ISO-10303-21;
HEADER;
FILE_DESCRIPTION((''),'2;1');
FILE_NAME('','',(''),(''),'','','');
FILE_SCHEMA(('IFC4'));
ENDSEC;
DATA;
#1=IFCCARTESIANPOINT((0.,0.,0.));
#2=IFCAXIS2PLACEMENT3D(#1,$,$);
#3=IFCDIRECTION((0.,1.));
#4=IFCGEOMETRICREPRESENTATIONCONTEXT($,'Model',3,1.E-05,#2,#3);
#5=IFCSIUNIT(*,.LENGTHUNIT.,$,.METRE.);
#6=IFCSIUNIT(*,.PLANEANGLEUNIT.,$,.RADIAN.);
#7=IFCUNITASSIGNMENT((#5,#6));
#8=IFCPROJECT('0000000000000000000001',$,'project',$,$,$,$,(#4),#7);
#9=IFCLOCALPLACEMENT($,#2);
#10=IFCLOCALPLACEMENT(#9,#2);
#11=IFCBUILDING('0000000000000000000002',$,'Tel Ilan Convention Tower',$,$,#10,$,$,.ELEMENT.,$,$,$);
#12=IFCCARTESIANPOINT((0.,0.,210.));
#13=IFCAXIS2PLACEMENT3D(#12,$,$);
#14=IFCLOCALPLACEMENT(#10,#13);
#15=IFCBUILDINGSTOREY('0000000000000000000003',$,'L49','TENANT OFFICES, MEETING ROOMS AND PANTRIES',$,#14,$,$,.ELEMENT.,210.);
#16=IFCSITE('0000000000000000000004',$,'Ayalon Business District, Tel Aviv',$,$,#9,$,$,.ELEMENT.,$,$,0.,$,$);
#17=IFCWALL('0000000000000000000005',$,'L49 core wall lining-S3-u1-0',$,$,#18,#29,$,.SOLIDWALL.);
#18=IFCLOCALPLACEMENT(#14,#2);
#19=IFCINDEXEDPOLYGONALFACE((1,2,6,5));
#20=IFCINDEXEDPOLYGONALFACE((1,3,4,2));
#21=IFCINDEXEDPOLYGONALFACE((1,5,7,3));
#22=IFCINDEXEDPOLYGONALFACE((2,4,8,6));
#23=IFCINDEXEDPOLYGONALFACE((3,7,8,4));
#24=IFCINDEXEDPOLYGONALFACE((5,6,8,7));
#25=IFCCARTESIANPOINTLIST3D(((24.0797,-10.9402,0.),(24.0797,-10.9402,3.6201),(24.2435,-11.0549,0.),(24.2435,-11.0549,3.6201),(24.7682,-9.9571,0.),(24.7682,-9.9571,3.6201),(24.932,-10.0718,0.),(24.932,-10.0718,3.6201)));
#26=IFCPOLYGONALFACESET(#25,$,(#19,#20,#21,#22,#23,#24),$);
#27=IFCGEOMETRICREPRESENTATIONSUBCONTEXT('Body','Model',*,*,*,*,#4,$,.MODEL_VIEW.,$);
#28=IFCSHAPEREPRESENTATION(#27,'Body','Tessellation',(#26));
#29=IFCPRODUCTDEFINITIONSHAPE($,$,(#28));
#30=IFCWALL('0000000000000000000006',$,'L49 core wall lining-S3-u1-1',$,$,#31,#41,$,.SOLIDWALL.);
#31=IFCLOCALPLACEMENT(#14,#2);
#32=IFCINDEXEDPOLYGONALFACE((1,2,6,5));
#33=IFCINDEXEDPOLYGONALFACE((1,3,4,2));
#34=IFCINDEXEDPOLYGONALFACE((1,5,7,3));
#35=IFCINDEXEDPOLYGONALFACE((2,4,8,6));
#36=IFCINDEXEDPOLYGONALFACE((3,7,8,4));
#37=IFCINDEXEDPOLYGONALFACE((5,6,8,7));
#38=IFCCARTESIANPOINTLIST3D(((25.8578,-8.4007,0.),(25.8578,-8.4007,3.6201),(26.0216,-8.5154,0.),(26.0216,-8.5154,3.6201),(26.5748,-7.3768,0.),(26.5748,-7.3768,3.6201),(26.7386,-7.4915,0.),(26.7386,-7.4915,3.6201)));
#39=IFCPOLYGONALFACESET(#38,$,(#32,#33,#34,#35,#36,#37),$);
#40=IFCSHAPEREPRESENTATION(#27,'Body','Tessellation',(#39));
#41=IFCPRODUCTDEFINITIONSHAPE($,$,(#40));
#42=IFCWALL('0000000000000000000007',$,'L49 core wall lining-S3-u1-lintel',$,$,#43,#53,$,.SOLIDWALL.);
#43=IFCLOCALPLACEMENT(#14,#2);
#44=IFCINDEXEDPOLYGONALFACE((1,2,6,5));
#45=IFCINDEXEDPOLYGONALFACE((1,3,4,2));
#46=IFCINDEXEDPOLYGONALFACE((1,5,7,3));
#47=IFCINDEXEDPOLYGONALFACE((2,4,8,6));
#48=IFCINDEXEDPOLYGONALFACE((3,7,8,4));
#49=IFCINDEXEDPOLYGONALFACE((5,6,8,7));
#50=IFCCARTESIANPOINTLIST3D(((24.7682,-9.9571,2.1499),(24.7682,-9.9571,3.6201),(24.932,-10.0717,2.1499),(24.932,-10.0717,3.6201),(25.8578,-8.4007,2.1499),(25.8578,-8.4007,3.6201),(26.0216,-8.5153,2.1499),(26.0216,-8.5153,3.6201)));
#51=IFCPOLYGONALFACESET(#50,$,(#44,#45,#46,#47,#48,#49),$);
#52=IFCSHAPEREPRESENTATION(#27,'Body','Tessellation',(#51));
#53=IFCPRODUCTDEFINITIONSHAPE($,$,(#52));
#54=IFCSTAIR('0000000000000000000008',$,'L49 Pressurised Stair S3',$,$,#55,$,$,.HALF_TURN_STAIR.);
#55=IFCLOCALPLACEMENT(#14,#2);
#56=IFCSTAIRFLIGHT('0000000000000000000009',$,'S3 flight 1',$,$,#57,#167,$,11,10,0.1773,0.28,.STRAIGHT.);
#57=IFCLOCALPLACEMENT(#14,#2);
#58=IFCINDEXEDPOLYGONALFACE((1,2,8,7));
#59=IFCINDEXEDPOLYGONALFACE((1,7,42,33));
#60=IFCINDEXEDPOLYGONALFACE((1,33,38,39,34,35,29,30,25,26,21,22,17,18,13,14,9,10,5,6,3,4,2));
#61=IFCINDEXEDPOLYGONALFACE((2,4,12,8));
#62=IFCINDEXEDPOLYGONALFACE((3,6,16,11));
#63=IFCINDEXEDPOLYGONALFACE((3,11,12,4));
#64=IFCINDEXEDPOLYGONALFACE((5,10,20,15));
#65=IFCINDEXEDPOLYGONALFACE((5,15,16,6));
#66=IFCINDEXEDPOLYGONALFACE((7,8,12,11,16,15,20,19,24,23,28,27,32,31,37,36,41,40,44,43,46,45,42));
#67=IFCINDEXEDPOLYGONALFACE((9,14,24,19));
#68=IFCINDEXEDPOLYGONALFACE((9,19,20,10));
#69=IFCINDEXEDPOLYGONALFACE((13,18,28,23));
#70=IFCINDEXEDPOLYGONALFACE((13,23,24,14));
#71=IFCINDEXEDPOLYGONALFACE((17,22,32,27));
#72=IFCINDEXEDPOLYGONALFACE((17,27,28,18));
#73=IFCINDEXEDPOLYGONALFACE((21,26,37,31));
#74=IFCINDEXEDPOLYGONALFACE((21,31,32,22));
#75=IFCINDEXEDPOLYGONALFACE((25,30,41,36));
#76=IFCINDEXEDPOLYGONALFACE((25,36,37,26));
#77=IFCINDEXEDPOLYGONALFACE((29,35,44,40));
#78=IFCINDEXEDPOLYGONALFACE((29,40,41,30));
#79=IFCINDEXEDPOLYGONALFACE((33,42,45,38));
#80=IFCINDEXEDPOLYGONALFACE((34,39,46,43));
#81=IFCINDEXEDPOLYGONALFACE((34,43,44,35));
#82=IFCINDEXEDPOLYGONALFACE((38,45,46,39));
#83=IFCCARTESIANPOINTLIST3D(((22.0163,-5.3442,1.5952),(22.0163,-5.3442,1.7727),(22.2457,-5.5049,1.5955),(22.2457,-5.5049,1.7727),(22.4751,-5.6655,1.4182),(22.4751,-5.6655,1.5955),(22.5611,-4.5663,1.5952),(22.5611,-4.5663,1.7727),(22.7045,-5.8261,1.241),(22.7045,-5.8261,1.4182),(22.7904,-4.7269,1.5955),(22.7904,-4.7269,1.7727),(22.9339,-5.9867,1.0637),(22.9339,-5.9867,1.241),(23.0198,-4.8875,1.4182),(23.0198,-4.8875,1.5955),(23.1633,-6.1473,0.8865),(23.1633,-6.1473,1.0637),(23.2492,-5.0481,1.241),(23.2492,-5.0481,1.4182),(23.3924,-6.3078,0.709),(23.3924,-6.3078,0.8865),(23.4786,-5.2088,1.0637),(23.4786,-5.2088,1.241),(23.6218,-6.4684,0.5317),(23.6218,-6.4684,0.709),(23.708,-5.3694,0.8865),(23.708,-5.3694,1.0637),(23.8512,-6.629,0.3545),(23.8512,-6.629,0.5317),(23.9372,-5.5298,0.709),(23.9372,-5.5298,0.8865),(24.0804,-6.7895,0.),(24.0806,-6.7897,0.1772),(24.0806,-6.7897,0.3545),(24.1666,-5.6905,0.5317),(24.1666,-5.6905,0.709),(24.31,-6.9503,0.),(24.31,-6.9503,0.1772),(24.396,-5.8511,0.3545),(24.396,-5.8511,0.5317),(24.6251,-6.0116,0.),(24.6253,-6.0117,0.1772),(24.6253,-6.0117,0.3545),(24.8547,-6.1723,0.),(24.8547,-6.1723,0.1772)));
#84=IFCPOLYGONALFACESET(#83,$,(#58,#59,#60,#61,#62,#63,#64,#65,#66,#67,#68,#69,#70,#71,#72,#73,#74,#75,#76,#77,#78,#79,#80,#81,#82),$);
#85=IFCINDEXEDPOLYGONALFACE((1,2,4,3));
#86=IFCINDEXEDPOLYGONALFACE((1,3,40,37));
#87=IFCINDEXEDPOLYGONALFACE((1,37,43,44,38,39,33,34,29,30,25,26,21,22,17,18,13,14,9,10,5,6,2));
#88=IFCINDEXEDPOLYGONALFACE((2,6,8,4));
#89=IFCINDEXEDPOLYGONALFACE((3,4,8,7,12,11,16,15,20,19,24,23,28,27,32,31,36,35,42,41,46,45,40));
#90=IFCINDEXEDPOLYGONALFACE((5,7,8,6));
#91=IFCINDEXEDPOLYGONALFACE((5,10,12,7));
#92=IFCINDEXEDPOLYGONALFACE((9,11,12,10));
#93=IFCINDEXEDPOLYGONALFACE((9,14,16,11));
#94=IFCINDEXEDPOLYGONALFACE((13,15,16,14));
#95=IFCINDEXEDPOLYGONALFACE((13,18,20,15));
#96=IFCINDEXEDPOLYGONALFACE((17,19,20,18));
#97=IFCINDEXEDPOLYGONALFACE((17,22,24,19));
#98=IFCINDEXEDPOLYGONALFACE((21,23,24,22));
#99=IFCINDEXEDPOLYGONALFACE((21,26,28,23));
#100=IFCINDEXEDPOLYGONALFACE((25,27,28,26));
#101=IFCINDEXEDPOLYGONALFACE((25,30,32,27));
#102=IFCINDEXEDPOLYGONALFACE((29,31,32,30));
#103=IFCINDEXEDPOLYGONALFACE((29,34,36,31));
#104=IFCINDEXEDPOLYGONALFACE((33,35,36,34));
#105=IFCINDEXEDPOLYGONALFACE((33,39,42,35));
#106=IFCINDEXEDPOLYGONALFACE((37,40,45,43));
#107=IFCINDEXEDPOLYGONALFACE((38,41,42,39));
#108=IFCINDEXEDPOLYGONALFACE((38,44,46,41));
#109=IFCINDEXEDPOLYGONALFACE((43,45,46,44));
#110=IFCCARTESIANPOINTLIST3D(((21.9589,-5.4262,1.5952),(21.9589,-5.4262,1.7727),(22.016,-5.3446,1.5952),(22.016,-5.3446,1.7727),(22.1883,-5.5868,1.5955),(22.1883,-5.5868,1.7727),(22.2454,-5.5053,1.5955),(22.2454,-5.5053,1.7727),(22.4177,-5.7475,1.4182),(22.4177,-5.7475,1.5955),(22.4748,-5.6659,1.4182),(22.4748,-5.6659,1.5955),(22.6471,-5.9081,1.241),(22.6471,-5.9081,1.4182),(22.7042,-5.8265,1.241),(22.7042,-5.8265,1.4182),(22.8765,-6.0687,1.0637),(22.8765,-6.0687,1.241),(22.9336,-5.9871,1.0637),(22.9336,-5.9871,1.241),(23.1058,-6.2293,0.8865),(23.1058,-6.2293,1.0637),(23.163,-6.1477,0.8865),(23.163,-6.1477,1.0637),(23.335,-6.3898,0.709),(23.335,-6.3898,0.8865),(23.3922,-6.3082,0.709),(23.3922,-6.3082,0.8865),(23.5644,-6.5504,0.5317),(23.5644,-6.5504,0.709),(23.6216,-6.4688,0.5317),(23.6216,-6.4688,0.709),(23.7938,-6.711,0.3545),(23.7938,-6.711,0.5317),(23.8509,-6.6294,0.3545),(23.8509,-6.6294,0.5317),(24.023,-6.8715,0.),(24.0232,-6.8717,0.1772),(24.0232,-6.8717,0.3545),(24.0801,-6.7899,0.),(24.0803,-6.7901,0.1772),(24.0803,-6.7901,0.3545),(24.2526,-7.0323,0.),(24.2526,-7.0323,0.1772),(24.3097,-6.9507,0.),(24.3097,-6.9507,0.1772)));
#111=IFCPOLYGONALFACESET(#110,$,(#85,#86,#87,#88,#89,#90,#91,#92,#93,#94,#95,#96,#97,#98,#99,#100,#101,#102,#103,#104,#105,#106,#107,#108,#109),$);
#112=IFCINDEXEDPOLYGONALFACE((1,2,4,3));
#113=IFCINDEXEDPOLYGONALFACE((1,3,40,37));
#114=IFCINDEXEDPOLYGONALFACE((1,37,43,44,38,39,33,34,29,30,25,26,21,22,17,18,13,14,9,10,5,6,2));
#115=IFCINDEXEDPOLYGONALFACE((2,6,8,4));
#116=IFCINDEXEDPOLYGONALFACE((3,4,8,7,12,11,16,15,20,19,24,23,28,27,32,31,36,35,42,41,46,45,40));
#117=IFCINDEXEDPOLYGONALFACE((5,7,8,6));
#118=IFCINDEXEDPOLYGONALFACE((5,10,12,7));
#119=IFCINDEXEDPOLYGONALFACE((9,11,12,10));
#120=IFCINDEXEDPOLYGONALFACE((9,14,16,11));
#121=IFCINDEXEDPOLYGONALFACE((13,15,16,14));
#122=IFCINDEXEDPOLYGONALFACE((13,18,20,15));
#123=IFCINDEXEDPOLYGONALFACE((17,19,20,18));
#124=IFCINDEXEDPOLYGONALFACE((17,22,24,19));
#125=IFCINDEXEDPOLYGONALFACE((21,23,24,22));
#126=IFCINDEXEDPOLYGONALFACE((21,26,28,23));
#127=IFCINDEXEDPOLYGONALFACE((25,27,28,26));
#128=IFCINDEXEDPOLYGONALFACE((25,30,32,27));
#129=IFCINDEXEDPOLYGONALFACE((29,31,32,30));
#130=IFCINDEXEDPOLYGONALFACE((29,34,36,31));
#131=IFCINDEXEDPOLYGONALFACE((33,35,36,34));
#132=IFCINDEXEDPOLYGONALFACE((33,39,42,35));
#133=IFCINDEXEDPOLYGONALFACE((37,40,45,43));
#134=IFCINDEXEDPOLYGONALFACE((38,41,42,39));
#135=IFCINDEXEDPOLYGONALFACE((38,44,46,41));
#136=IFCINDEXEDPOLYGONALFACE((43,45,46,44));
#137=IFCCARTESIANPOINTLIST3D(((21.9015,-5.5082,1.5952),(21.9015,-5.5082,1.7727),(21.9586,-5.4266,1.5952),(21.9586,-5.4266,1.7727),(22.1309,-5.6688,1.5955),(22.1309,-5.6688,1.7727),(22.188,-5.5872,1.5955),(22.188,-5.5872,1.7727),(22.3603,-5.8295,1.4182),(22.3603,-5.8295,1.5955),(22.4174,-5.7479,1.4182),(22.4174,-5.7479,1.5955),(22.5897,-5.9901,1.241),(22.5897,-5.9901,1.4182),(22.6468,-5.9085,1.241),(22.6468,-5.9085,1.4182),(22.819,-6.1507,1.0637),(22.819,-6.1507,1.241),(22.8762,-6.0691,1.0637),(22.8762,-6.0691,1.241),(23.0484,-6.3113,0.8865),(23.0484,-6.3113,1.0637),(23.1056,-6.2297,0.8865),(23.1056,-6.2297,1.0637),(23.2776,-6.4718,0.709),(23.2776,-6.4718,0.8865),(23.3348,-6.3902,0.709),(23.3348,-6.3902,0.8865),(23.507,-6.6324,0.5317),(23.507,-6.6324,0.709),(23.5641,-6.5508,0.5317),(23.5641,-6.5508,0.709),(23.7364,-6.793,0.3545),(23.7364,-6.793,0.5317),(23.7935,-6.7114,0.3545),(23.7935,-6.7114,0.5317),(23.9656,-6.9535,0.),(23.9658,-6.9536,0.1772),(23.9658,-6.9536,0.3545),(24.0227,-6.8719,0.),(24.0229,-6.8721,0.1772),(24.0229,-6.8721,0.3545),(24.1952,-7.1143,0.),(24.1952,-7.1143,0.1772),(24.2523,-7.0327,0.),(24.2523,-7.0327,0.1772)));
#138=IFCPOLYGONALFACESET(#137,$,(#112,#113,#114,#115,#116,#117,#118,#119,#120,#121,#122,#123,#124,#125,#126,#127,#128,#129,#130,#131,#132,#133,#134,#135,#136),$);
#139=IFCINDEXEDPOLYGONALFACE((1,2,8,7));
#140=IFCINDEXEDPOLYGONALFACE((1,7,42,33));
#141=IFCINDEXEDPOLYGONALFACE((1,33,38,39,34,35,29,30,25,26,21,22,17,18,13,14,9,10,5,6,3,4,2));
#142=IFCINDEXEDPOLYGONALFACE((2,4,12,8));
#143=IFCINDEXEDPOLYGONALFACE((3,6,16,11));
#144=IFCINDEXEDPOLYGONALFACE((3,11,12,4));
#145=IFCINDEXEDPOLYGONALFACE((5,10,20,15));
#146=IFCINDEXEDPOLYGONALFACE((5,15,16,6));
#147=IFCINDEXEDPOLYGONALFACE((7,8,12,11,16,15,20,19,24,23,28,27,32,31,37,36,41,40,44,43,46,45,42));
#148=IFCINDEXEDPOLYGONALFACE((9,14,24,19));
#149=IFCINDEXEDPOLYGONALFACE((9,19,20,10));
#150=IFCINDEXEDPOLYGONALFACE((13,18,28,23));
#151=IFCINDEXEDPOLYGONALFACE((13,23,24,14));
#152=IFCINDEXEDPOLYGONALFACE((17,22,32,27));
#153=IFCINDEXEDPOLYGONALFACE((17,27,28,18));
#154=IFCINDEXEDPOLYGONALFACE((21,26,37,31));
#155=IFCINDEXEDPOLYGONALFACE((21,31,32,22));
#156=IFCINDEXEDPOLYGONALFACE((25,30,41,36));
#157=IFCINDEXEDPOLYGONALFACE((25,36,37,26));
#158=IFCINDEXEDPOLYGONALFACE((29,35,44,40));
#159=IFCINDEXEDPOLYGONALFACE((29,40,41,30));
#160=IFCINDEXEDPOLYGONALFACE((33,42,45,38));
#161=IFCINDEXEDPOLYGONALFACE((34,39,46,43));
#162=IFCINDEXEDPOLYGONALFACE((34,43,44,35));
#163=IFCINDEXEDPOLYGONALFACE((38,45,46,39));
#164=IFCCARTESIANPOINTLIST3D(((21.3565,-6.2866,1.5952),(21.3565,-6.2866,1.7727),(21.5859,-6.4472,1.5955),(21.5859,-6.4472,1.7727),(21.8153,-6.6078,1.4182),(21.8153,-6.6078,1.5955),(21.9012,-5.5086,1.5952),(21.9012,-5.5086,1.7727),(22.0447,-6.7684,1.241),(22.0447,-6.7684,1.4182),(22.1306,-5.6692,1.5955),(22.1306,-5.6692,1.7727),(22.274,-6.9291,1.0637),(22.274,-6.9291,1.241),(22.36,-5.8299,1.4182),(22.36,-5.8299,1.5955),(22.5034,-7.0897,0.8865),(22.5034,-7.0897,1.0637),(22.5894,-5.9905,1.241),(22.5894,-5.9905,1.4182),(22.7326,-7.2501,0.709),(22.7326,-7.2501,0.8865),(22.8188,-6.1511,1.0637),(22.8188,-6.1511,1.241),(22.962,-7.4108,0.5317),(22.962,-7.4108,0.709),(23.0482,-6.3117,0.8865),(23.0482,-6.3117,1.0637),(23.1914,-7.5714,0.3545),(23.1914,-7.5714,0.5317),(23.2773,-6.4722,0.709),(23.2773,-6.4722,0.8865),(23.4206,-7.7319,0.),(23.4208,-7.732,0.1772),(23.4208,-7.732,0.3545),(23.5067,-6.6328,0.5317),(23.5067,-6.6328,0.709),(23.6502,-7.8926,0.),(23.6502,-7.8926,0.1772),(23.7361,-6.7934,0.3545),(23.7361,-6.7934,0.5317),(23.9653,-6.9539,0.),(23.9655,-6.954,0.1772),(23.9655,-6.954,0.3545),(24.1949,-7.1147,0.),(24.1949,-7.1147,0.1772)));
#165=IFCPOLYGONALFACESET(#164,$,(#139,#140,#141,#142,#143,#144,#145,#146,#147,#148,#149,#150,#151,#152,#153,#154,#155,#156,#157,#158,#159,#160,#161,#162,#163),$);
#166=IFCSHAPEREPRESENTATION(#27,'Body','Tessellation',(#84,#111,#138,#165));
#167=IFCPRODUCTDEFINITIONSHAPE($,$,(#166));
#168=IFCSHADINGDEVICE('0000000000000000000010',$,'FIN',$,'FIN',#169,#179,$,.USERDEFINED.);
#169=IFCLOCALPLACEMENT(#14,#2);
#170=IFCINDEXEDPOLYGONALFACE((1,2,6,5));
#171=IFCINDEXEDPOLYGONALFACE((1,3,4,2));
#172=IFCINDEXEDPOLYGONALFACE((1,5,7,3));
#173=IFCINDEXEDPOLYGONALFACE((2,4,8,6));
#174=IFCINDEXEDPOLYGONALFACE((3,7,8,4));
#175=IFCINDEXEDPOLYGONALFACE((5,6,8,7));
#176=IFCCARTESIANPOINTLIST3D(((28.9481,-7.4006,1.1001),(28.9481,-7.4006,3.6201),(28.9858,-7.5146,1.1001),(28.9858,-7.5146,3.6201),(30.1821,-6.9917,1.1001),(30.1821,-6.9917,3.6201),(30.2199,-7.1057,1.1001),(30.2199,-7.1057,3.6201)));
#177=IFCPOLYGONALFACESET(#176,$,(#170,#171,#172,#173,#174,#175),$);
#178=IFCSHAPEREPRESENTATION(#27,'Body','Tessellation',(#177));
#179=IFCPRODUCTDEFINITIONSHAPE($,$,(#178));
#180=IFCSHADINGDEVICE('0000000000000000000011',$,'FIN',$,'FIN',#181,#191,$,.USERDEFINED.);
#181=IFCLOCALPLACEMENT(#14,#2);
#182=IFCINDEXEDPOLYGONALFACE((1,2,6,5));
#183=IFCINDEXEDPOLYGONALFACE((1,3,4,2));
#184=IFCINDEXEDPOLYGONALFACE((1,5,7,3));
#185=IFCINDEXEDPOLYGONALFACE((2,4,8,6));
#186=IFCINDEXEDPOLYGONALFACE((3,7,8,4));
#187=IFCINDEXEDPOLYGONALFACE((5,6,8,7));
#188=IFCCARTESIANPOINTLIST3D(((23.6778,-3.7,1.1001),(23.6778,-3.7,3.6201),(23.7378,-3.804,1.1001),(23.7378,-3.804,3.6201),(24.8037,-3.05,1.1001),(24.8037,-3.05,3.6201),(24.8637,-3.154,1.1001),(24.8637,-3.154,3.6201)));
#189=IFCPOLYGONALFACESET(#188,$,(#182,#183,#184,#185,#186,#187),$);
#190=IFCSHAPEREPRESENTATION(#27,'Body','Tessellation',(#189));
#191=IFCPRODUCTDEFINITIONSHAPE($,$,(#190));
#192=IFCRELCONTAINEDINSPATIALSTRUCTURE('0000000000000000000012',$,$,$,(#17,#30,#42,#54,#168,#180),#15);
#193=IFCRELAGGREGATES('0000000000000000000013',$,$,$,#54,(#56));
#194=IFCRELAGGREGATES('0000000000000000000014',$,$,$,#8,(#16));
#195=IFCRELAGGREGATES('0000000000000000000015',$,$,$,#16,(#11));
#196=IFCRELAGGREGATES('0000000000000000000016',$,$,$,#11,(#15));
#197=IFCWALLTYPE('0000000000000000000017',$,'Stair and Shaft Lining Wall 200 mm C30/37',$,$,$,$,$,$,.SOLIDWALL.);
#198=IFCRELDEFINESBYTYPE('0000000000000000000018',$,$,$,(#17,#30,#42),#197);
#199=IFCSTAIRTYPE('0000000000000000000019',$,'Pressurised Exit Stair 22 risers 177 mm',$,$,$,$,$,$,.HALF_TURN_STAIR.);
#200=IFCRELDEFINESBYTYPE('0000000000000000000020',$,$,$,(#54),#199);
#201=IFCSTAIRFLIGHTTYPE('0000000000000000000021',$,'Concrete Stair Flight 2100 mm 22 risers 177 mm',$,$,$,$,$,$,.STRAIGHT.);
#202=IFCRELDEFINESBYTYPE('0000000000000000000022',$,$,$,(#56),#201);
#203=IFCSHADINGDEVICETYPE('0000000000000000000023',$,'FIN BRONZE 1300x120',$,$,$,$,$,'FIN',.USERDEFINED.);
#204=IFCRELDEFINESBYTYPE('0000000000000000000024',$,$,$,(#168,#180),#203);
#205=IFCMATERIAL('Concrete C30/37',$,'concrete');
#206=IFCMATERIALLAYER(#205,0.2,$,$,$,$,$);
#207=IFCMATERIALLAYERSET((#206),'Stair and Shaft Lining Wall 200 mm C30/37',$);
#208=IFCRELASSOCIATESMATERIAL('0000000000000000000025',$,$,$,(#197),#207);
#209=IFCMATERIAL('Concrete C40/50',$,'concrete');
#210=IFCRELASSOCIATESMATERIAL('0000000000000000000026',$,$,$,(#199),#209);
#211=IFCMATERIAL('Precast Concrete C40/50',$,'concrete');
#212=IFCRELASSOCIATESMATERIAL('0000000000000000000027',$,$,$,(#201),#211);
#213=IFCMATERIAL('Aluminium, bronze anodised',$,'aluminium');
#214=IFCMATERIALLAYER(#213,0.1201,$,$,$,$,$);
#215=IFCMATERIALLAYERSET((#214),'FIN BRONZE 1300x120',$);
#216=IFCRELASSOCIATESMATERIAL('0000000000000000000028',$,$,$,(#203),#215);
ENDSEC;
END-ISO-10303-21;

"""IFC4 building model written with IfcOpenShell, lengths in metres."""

from ifc_helpers import new_model, si_unit, direction, frame, frame_2d, origin, origin_2d, place, context, subcontext, project, spatial, polyline, rectangle, outline, extrude, material, layer, layer_set, type_object, element, aggregate, save


model = new_model("IFC4")

# Units and contexts
model_context = context("Model", 3, precision=1e-05, world=origin(), true_north=direction((0.0, 1.0)))
body_context = subcontext(model_context, "Body", "Model", "MODEL_VIEW")
ifc_project = project(units=[si_unit("LENGTHUNIT", "METRE"), si_unit("PLANEANGLEUNIT", "RADIAN")], contexts=[model_context])

# Site, building, storey
site_placement = place(None, origin())
site = spatial("IfcSite", under=ifc_project, at=site_placement, Name="Ayalon Business District, Tel Aviv", CompositionType="ELEMENT", RefElevation=0.0)
building_placement = place(site_placement, origin())
building = spatial("IfcBuilding", under=site, at=building_placement, Name="Tel Ilan Convention Tower", CompositionType="ELEMENT")
storey_placement = place(building_placement, frame((0.0, 0.0, 210.0)))
storey = spatial("IfcBuildingStorey", under=building, at=storey_placement, Name="L49", Description="TENANT OFFICES, MEETING ROOMS AND PANTRIES", CompositionType="ELEMENT", Elevation=210.0)

# Walls
ifc_material_1 = material(Name="Concrete C30/37", Category="concrete")
ifc_layer_1 = layer(ifc_material_1, 0.2)
ifc_layer_set_1 = layer_set([ifc_layer_1], Name="Stair and Shaft Lining Wall 200 mm C30/37")
wall_type_1 = type_object("IfcWallType", Name="Stair and Shaft Lining Wall 200 mm C30/37", PredefinedType="SOLIDWALL", material=ifc_layer_set_1)
wall_1_placement = place(storey_placement, frame((24.1616, -10.9976, 0.0), z_axis=(0.0, 0.0, 1.0), x_axis=(0.573613, 0.819127, 0.0)))
element("IfcWall", 1, at=wall_1_placement, inside=storey, type_object=wall_type_1, Name="L49 core wall lining-S3-u1-0", PredefinedType="SOLIDWALL", context=body_context, shape_type="SweptSolid", body=[
    extrude(rectangle(XDim=1.2002, YDim=0.2, at=frame_2d((0.6001, 0.0))), origin(), (0.0, 0.0, 1.0), 3.6201),
])
wall_2_placement = place(storey_placement, frame((25.9397, -8.458, 0.0), z_axis=(0.0, 0.0, 1.0), x_axis=(0.57362, 0.819122, 0.0)))
element("IfcWall", 2, at=wall_2_placement, inside=storey, type_object=wall_type_1, Name="L49 core wall lining-S3-u1-1", PredefinedType="SOLIDWALL", context=body_context, shape_type="SweptSolid", body=[
    extrude(rectangle(XDim=1.25, YDim=0.2, at=frame_2d((0.625, 0.0))), origin(), (0.0, 0.0, 1.0), 3.6201),
])
wall_3_placement = place(storey_placement, frame((24.8501, -10.0144, 2.1499), z_axis=(0.0, 0.0, 1.0), x_axis=(0.573505, 0.819202, 0.0)))
element("IfcWall", 3, at=wall_3_placement, inside=storey, type_object=wall_type_1, Name="L49 core wall lining-S3-u1-lintel", PredefinedType="SOLIDWALL", context=body_context, shape_type="SweptSolid", body=[
    extrude(rectangle(XDim=1.8999, YDim=0.2, at=frame_2d((0.95, 0.0))), origin(), (0.0, 0.0, 1.0), 1.4702),
])

# Stair, stair flight
ifc_material_2 = material(Name="Concrete C40/50", Category="concrete")
stair_type = type_object("IfcStairType", Name="Pressurised Exit Stair 22 risers 177 mm", PredefinedType="HALF_TURN_STAIR", material=ifc_material_2)
stair_placement = place(storey_placement, origin())
stair = element("IfcStair", 4, at=stair_placement, inside=storey, type_object=stair_type, Name="L49 Pressurised Stair S3", PredefinedType="HALF_TURN_STAIR")
ifc_material_3 = material(Name="Precast Concrete C40/50", Category="concrete")
stair_flight_type = type_object("IfcStairFlightType", Name="Concrete Stair Flight 2100 mm 22 risers 177 mm", PredefinedType="STRAIGHT", material=ifc_material_3)
stair_flight_placement = place(storey_placement, frame((24.2524, -7.0325, 0.0), z_axis=(0.0, 0.0, 1.0), x_axis=(-0.819152, 0.573576, 0.0)))
stair_flight = element("IfcStairFlight", 5, at=stair_flight_placement, type_object=stair_flight_type, Name="S3 flight 1", NumberOfRisers=11, NumberOfTreads=10, PredefinedType="STRAIGHT", RiserHeight=0.1773, TreadLength=0.28, context=body_context, shape_type="SweptSolid", body=[
    extrude(outline(polyline([(0.0, 0.0), (0.0, 0.1772), (0.28, 0.1772), (0.28, 0.3545), (0.5601, 0.3545), (0.5601, 0.5317), (0.8401, 0.5317), (0.8401, 0.709), (1.1201, 0.709), (1.1201, 0.8865), (1.3999, 0.8865), (1.3999, 1.0637), (1.6799, 1.0637), (1.6799, 1.241), (1.96, 1.241), (1.96, 1.4182), (2.24, 1.4182), (2.24, 1.5955), (2.52, 1.5955), (2.52, 1.7727), (2.8, 1.7727), (2.8, 1.95), (2.8, 1.5952), (0.2803, 0.0), (0.0, 0.0)])), frame((0.0, -0.1003, 0.0), z_axis=(0.0, -1.0, 0.0), x_axis=(1.0, 0.0, 0.0)), (0.0, 0.0, 1.0), 0.9497),
    extrude(outline(polyline([(0.0, 0.0), (0.0, 0.1772), (0.28, 0.1772), (0.28, 0.3545), (0.5601, 0.3545), (0.5601, 0.5317), (0.8401, 0.5317), (0.8401, 0.709), (1.1201, 0.709), (1.1201, 0.8865), (1.3999, 0.8865), (1.3999, 1.0637), (1.6799, 1.0637), (1.6799, 1.241), (1.96, 1.241), (1.96, 1.4182), (2.24, 1.4182), (2.24, 1.5955), (2.52, 1.5955), (2.52, 1.7727), (2.8, 1.7727), (2.8, 1.95), (2.8, 1.5952), (0.2803, 0.0), (0.0, 0.0)])), frame((0.0, -0.0002, 0.0), z_axis=(0.0, -1.0, 0.0), x_axis=(1.0, 0.0, 0.0)), (0.0, 0.0, 1.0), 0.0996),
    extrude(outline(polyline([(0.0, 0.0), (0.0, 0.1772), (0.28, 0.1772), (0.28, 0.3545), (0.5601, 0.3545), (0.5601, 0.5317), (0.8401, 0.5317), (0.8401, 0.709), (1.1201, 0.709), (1.1201, 0.8865), (1.3999, 0.8865), (1.3999, 1.0637), (1.6799, 1.0637), (1.6799, 1.241), (1.96, 1.241), (1.96, 1.4182), (2.24, 1.4182), (2.24, 1.5955), (2.52, 1.5955), (2.52, 1.7727), (2.8, 1.7727), (2.8, 1.95), (2.8, 1.5952), (0.2803, 0.0), (0.0, 0.0)])), frame((0.0, 0.0999, 0.0), z_axis=(0.0, -1.0, 0.0), x_axis=(1.0, 0.0, 0.0)), (0.0, 0.0, 1.0), 0.0996),
    extrude(outline(polyline([(0.0, 0.0), (0.0, 0.1772), (0.28, 0.1772), (0.28, 0.3545), (0.5601, 0.3545), (0.5601, 0.5317), (0.8401, 0.5317), (0.8401, 0.709), (1.1201, 0.709), (1.1201, 0.8865), (1.3999, 0.8865), (1.3999, 1.0637), (1.6799, 1.0637), (1.6799, 1.241), (1.96, 1.241), (1.96, 1.4182), (2.24, 1.4182), (2.24, 1.5955), (2.52, 1.5955), (2.52, 1.7727), (2.8, 1.7727), (2.8, 1.95), (2.8, 1.5952), (0.2803, 0.0), (0.0, 0.0)])), frame((0.0, 1.05, 0.0), z_axis=(0.0, -1.0, 0.0), x_axis=(1.0, 0.0, 0.0)), (0.0, 0.0, 1.0), 0.9497),
])
aggregate(stair, [stair_flight])

# Shading devices
ifc_material_4 = material(Name="Aluminium, bronze anodised", Category="aluminium")
ifc_layer_2 = layer(ifc_material_4, 0.1201)
ifc_layer_set_2 = layer_set([ifc_layer_2], Name="FIN BRONZE 1300x120")
shading_device_type = type_object("IfcShadingDeviceType", Name="FIN BRONZE 1300x120", ElementType="FIN", PredefinedType="USERDEFINED", material=ifc_layer_set_2)
for number, where, z_axis, x_axis, name in (
    (6, (29.584, -7.2532, 1.1001), (0.0, 0.0, 1.0), (0.949243, 0.314545, 0.0), "FIN"),
    (7, (24.2708, -3.427, 1.1001), (0.0, 0.0, 1.0), (0.866025, 0.5, 0.0), "FIN"),
):
    element("IfcShadingDevice", number, at=place(storey_placement, frame(where, z_axis=z_axis, x_axis=x_axis)), inside=storey, type_object=shading_device_type, Name=name, ObjectType="FIN", PredefinedType="USERDEFINED", context=body_context, shape_type="SweptSolid", body=[
        extrude(rectangle(XDim=1.3, YDim=0.1201, at=origin_2d()), origin(), (0.0, 0.0, 1.0), 2.52),
    ])

save(model, "model.ifc")
